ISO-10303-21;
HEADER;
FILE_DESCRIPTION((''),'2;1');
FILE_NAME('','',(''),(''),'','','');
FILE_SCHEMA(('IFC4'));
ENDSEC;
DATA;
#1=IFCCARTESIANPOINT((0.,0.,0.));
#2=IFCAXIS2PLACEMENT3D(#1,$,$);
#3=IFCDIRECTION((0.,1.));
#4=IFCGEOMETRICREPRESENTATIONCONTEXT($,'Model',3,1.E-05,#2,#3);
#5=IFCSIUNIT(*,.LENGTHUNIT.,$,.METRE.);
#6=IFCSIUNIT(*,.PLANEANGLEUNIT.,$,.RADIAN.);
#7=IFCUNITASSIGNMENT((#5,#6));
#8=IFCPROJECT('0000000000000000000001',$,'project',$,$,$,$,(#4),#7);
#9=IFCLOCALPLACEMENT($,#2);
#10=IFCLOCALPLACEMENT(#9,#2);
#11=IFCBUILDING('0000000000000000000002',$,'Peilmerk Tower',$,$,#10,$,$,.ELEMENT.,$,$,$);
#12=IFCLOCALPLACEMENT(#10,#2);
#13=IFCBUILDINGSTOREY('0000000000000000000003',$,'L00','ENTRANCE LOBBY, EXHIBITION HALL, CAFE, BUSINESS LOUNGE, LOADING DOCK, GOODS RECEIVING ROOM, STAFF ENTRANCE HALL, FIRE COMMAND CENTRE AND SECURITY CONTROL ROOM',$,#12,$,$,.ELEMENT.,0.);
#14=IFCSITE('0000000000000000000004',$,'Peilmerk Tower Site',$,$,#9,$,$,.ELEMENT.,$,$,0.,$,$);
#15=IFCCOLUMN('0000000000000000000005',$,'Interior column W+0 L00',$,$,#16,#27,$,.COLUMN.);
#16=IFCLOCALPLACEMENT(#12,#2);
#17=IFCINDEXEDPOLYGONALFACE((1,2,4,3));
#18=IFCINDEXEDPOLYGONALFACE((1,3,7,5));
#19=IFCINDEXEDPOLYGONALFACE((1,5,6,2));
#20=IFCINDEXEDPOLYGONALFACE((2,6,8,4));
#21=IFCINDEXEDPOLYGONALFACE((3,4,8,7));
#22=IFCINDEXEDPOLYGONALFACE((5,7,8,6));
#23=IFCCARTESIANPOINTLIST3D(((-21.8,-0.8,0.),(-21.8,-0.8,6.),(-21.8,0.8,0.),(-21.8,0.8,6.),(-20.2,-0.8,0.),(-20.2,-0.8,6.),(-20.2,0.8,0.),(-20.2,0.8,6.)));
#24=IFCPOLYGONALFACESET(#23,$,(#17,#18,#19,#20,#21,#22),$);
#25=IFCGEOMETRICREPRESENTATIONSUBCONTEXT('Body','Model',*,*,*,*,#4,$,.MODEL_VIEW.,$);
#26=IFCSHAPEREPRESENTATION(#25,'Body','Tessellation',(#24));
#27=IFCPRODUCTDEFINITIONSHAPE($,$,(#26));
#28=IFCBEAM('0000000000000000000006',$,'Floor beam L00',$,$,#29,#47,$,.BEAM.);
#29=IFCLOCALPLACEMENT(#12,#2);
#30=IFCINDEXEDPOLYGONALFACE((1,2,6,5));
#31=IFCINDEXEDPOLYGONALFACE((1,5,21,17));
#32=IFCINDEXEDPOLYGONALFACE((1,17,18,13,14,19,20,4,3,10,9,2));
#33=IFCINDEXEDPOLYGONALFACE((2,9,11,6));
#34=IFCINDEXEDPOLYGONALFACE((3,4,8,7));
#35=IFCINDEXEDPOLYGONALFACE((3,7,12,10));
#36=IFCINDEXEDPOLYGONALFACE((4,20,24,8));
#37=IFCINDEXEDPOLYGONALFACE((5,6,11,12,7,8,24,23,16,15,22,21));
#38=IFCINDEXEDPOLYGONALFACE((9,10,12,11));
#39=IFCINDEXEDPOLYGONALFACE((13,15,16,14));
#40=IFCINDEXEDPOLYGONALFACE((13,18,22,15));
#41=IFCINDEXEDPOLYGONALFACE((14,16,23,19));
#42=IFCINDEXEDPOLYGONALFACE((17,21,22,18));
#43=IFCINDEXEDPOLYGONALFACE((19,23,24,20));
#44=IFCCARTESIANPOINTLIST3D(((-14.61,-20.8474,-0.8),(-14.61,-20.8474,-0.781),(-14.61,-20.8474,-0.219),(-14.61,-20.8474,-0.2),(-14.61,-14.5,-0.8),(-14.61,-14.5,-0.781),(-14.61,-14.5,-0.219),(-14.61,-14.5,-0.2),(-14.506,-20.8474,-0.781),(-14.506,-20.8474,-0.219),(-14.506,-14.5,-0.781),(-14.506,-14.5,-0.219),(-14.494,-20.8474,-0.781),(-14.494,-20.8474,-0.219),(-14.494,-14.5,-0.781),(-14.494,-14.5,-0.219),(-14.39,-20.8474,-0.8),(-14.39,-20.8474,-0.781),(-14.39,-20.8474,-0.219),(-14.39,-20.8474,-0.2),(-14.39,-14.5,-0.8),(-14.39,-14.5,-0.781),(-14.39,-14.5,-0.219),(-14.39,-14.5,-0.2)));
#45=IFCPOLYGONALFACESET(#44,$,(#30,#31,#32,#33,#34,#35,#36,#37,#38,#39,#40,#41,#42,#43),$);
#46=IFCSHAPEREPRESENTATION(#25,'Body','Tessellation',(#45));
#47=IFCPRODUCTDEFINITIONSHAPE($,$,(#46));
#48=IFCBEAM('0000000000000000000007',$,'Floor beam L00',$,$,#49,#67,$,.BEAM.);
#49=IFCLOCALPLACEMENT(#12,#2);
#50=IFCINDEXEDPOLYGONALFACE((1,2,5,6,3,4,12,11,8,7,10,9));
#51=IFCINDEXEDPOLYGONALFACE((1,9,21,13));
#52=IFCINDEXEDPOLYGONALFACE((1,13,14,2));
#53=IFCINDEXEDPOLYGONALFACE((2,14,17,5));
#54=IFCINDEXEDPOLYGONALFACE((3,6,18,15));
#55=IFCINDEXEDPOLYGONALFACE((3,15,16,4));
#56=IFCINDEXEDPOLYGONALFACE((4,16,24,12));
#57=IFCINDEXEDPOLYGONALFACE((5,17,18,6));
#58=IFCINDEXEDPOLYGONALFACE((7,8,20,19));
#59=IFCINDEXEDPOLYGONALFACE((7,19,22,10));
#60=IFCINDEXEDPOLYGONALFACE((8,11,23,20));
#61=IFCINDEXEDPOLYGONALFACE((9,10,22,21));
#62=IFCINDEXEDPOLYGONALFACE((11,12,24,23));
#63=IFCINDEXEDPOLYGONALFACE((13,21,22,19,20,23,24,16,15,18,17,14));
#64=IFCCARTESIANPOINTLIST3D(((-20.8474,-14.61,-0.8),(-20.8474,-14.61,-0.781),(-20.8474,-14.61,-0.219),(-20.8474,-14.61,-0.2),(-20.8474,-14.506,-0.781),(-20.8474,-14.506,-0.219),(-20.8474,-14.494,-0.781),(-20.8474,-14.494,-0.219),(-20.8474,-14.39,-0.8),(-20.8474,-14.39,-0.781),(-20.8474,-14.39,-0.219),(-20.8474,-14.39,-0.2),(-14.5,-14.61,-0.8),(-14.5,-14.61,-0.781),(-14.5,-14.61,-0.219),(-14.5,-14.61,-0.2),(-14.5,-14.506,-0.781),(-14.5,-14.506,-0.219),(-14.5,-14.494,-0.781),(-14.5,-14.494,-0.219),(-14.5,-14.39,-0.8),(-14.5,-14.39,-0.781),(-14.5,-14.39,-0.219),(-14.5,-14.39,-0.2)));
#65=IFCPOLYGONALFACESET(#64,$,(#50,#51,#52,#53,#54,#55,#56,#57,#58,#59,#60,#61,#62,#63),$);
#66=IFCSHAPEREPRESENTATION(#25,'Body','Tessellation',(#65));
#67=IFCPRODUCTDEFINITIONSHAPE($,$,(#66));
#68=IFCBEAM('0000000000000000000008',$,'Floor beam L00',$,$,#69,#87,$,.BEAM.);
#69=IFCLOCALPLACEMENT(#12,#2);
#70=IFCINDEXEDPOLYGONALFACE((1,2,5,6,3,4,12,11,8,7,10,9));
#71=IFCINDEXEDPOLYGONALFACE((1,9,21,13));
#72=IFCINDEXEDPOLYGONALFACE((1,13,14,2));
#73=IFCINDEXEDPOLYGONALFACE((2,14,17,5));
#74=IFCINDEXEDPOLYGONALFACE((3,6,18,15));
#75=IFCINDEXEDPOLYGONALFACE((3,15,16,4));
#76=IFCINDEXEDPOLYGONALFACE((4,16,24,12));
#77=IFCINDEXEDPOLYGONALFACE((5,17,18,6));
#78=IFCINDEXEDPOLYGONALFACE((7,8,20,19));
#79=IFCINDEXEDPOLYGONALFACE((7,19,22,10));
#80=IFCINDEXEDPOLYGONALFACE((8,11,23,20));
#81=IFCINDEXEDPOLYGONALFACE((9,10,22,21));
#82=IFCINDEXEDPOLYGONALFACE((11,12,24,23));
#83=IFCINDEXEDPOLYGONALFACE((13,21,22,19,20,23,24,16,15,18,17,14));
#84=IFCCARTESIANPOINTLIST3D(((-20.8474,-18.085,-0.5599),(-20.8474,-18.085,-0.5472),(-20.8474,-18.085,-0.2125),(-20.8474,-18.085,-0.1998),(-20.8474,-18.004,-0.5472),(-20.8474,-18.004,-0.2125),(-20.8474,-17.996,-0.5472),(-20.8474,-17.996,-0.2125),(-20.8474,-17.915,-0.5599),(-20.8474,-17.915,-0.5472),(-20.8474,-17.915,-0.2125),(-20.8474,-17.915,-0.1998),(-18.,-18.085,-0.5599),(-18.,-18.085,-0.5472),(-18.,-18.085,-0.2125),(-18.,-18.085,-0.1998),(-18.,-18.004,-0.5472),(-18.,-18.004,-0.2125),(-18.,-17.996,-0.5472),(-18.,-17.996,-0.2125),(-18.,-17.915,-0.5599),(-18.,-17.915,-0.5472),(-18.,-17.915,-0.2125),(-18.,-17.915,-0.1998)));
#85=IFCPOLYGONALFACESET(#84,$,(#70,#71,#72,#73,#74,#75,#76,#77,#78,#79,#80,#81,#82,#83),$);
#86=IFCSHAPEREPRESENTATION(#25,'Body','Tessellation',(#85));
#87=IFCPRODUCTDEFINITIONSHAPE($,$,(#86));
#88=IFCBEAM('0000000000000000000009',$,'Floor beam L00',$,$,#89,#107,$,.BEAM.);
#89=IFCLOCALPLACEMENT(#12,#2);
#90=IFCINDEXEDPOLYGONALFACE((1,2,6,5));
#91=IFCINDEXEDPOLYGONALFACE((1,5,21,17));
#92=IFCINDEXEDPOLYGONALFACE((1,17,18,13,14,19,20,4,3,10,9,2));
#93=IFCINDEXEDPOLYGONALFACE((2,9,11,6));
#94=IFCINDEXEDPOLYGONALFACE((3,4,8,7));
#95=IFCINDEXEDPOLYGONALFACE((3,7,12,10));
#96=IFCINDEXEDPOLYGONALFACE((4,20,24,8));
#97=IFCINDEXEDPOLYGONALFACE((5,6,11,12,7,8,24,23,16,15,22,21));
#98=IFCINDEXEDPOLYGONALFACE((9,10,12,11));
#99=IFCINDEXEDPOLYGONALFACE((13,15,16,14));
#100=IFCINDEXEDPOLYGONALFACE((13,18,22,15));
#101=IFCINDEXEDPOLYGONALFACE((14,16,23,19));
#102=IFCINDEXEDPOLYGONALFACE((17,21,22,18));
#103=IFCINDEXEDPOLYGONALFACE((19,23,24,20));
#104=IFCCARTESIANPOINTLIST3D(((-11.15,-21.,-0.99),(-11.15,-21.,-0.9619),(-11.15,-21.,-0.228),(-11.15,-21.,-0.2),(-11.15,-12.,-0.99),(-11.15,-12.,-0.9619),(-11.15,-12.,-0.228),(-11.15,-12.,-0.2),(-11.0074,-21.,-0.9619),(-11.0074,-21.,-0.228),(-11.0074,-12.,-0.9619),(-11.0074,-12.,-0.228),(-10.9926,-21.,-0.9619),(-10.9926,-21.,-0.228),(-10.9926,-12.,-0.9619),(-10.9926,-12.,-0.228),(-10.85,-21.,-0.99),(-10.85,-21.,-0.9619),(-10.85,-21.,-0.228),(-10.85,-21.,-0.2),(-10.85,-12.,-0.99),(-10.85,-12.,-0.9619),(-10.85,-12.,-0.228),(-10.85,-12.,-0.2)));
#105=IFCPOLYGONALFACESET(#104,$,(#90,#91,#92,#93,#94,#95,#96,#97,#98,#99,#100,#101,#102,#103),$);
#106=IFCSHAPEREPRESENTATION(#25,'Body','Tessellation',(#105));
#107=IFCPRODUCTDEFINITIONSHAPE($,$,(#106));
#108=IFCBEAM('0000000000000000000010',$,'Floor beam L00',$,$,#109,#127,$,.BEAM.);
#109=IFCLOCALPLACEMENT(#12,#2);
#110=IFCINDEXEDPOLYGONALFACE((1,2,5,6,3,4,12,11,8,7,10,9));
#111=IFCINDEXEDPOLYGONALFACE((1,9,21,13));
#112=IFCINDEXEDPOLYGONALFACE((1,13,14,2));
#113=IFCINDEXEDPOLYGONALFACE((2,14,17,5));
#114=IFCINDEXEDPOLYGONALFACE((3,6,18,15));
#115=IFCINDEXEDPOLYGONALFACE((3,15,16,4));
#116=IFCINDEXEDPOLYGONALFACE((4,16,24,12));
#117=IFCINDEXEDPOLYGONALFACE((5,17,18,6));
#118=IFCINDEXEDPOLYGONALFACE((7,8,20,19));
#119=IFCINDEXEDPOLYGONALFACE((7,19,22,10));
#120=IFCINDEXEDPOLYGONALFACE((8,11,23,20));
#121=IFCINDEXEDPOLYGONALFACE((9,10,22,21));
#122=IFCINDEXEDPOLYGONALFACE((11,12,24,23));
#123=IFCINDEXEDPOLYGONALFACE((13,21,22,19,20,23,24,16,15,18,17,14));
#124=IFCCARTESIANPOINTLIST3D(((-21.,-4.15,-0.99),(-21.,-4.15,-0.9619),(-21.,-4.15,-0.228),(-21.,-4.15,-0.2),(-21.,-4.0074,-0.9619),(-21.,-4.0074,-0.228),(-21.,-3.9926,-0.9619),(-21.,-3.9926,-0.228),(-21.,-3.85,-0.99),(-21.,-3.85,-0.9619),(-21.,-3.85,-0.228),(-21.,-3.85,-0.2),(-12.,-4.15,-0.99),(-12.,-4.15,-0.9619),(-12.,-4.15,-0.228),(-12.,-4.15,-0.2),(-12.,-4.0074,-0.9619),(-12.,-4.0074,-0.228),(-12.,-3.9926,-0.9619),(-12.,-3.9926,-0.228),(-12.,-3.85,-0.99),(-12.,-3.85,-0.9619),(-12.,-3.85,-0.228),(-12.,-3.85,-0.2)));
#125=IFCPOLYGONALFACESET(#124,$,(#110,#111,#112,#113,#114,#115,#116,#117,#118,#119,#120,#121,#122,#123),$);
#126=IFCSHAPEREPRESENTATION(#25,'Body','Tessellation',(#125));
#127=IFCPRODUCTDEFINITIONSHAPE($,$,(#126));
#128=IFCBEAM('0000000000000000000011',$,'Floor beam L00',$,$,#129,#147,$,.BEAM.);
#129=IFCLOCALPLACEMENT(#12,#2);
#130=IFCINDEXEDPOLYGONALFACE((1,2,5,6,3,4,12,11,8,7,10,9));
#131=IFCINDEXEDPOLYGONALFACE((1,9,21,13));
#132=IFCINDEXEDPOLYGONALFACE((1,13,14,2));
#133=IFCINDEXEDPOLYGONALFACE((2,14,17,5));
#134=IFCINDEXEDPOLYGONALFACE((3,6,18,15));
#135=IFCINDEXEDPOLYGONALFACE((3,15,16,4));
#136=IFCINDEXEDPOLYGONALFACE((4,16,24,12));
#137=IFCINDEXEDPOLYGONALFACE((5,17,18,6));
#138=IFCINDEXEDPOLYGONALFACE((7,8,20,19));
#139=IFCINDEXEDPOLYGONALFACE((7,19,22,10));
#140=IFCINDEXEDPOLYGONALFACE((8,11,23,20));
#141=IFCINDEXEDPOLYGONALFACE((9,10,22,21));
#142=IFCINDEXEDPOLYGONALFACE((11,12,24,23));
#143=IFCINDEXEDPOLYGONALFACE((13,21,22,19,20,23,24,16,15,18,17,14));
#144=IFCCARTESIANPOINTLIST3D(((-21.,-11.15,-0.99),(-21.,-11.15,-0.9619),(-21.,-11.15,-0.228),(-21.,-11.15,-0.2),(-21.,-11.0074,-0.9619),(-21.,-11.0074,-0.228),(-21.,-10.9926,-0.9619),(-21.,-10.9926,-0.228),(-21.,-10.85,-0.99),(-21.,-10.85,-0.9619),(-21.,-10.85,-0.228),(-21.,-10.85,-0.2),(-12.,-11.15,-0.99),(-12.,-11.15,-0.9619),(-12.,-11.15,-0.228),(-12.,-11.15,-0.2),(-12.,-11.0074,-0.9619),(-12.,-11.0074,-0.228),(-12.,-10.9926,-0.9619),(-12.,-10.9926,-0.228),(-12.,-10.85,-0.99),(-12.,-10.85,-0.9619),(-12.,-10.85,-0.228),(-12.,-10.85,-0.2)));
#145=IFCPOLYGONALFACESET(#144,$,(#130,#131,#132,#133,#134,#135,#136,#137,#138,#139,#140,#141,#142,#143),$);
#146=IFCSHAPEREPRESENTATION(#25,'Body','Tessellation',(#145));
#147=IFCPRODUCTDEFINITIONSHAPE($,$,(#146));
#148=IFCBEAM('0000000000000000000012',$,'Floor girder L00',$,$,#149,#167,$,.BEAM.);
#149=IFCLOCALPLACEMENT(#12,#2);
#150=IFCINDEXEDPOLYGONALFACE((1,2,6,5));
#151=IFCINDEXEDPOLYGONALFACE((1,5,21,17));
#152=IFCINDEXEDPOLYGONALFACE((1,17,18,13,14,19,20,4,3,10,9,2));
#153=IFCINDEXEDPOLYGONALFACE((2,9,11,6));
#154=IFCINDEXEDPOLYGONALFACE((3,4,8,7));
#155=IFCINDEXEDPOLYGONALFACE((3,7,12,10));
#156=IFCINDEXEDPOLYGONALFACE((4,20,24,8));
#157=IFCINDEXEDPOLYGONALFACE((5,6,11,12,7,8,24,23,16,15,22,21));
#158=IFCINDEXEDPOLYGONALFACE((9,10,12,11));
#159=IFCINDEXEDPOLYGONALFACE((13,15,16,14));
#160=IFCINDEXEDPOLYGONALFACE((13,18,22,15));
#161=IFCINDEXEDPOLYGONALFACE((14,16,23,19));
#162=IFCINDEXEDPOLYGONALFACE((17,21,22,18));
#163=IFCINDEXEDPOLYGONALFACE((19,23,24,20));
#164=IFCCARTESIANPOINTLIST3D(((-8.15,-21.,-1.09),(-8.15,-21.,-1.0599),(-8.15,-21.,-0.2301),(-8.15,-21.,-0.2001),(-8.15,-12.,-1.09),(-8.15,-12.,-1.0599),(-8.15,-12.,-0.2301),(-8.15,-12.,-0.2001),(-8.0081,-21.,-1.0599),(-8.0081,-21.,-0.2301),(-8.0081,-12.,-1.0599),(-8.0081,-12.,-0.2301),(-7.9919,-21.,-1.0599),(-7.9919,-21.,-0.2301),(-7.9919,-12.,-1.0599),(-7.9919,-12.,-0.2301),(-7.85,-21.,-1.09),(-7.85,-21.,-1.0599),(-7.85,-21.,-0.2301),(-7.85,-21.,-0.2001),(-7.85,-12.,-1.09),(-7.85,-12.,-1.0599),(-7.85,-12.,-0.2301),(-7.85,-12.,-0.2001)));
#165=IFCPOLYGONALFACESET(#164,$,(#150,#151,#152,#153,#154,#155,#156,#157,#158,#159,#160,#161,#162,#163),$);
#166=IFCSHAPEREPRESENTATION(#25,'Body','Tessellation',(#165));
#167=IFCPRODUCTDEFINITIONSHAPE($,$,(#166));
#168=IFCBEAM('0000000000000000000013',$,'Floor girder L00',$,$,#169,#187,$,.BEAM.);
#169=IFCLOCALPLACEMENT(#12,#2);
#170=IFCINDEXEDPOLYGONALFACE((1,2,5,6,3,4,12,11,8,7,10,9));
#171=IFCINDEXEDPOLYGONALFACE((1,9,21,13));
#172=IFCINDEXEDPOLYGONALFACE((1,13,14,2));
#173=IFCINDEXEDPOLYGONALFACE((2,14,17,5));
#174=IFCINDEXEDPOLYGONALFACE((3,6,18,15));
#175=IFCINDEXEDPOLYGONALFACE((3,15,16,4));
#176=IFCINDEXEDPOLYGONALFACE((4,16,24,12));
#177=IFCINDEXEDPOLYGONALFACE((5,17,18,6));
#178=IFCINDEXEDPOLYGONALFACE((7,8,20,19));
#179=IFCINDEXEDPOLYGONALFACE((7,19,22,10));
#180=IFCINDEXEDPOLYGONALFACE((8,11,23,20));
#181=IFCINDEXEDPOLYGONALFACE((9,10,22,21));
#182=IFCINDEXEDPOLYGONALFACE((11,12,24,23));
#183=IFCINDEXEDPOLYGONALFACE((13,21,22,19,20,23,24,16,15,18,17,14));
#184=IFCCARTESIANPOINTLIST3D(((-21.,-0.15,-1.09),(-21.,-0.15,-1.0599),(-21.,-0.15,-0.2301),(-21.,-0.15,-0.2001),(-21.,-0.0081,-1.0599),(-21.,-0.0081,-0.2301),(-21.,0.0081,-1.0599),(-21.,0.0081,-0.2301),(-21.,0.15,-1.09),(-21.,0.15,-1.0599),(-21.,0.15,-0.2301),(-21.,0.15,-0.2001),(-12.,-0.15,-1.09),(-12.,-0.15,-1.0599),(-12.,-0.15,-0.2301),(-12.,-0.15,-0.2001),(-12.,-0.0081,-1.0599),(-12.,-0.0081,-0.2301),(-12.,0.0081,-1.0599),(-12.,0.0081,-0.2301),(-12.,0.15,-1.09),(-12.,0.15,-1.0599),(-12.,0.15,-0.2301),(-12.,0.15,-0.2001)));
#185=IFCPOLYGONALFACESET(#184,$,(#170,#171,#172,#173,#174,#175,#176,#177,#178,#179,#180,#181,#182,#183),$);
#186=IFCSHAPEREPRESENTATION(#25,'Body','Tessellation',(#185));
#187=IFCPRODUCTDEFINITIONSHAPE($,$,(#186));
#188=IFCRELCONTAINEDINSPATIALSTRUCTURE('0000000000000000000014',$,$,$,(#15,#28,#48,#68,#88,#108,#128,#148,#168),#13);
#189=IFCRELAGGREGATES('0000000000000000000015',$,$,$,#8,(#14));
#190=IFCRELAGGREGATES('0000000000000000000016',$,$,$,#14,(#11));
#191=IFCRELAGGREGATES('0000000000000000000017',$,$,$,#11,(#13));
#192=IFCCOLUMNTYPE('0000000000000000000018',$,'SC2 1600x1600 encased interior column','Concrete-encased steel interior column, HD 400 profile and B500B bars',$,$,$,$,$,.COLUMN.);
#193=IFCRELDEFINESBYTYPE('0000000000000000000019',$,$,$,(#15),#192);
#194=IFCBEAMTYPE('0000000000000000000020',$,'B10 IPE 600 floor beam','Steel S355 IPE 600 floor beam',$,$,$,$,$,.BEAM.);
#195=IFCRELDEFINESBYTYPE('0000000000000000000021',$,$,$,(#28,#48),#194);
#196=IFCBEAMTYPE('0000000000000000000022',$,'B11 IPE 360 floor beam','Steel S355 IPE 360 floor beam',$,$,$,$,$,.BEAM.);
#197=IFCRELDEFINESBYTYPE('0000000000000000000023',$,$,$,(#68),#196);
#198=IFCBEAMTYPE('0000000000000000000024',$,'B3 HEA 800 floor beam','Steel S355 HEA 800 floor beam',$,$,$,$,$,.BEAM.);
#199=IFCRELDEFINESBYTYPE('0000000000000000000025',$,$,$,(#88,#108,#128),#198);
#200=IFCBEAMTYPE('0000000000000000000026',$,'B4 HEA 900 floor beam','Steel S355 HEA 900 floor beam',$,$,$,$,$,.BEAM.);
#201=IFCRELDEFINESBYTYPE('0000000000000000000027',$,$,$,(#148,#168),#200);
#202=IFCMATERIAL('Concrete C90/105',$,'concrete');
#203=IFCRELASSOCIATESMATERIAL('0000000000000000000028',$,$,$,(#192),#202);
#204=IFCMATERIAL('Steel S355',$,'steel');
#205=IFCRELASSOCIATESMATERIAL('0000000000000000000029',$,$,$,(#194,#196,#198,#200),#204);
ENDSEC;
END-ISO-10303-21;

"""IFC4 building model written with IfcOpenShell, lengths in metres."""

from ifc_helpers import new_model, si_unit, direction, frame, origin, origin_2d, place, context, subcontext, project, spatial, rectangle, i_section, extrude, material, material_profile, profile_set, type_object, element, save


model = new_model("IFC4")

# Units and contexts
model_context = context("Model", 3, precision=1e-05, world=origin(), true_north=direction((0.0, 1.0)))
body_context = subcontext(model_context, "Body", "Model", "MODEL_VIEW")
ifc_project = project(units=[si_unit("LENGTHUNIT", "METRE"), si_unit("PLANEANGLEUNIT", "RADIAN")], contexts=[model_context])

# Site, building, storey
site_placement = place(None, origin())
site = spatial("IfcSite", under=ifc_project, at=site_placement, Name="Peilmerk Tower Site", CompositionType="ELEMENT", RefElevation=0.0)
building_placement = place(site_placement, origin())
building = spatial("IfcBuilding", under=site, at=building_placement, Name="Peilmerk Tower", CompositionType="ELEMENT")
storey_placement = place(building_placement, origin())
storey = spatial("IfcBuildingStorey", under=building, at=storey_placement, Name="L00", Description="ENTRANCE LOBBY, EXHIBITION HALL, CAFE, BUSINESS LOUNGE, LOADING DOCK, GOODS RECEIVING ROOM, STAFF ENTRANCE HALL, FIRE COMMAND CENTRE AND SECURITY CONTROL ROOM", CompositionType="ELEMENT", Elevation=0.0)

# Column
ifc_material_1 = material(Name="Concrete C90/105", Category="concrete")
ifc_material_profile_1 = material_profile(ifc_material_1, rectangle(XDim=1.6001, YDim=1.6001, at=origin_2d()), Name="RC 1600x1600")
ifc_profile_set_1 = profile_set([ifc_material_profile_1], Name="Concrete C90/105")
column_type = type_object("IfcColumnType", Name="SC2 1600x1600 encased interior column", Description="Concrete-encased steel interior column, HD 400 profile and B500B bars", PredefinedType="COLUMN", material=ifc_profile_set_1)
column_placement = place(storey_placement, frame((-21.0, 0.0, 0.0), z_axis=(0.0, 0.0, 1.0), x_axis=(1.0, 0.0, 0.0)))
element("IfcColumn", 1, at=column_placement, inside=storey, type_object=column_type, Name="Interior column W+0 L00", PredefinedType="COLUMN", context=body_context, shape_type="SweptSolid", body=[
    extrude(rectangle(XDim=1.6001, YDim=1.6001, at=origin_2d()), origin(), (0.0, 0.0, 1.0), 6.0),
])

# Beams
ifc_material_2 = material(Name="Steel S355", Category="steel")
ifc_material_profile_2 = material_profile(ifc_material_2, i_section(OverallWidth=0.22, OverallDepth=0.6001, WebThickness=0.012, FlangeThickness=0.019, at=origin_2d()), Name="IPE 600")
ifc_profile_set_2 = profile_set([ifc_material_profile_2], Name="Steel S355")
beam_type_1 = type_object("IfcBeamType", Name="B10 IPE 600 floor beam", Description="Steel S355 IPE 600 floor beam", PredefinedType="BEAM", material=ifc_profile_set_2)
for number, where, z_axis, x_axis, name in (
    (2, (-14.5, -14.5, -0.5), (0.0, -1.0, 0.0), (1.0, 0.0, 0.0), "Floor beam L00"),
    (3, (-14.5, -14.5, -0.5), (-1.0, 0.0, 0.0), (0.0, -1.0, 0.0), "Floor beam L00"),
):
    element("IfcBeam", number, at=place(storey_placement, frame(where, z_axis=z_axis, x_axis=x_axis)), inside=storey, type_object=beam_type_1, Name=name, PredefinedType="BEAM", context=body_context, shape_type="SweptSolid", body=[
        extrude(i_section(OverallWidth=0.22, OverallDepth=0.6001, WebThickness=0.012, FlangeThickness=0.019, at=origin_2d()), origin(), (0.0, 0.0, 1.0), 6.3474),
    ])
ifc_material_profile_3 = material_profile(ifc_material_2, i_section(OverallWidth=0.1699, OverallDepth=0.3601, WebThickness=0.0081, FlangeThickness=0.0127, at=origin_2d()), Name="IPE 360")
ifc_profile_set_3 = profile_set([ifc_material_profile_3], Name="Steel S355")
beam_type_2 = type_object("IfcBeamType", Name="B11 IPE 360 floor beam", Description="Steel S355 IPE 360 floor beam", PredefinedType="BEAM", material=ifc_profile_set_3)
beam_1_placement = place(storey_placement, frame((-18.0, -18.0, -0.3799), z_axis=(-1.0, 0.0, 0.0), x_axis=(0.0, -1.0, 0.0)))
element("IfcBeam", 4, at=beam_1_placement, inside=storey, type_object=beam_type_2, Name="Floor beam L00", PredefinedType="BEAM", context=body_context, shape_type="SweptSolid", body=[
    extrude(i_section(OverallWidth=0.1699, OverallDepth=0.3601, WebThickness=0.0081, FlangeThickness=0.0127, at=origin_2d()), origin(), (0.0, 0.0, 1.0), 2.8474),
])
ifc_material_profile_4 = material_profile(ifc_material_2, i_section(OverallWidth=0.3, OverallDepth=0.79, WebThickness=0.0149, FlangeThickness=0.0281, at=origin_2d()), Name="HEA 800")
ifc_profile_set_4 = profile_set([ifc_material_profile_4], Name="Steel S355")
beam_type_3 = type_object("IfcBeamType", Name="B3 HEA 800 floor beam", Description="Steel S355 HEA 800 floor beam", PredefinedType="BEAM", material=ifc_profile_set_4)
for number, where, z_axis, x_axis, name in (
    (5, (-11.0, -12.0, -0.595), (0.0, -1.0, 0.0), (1.0, 0.0, 0.0), "Floor beam L00"),
    (6, (-12.0, -4.0, -0.595), (-1.0, 0.0, 0.0), (0.0, -1.0, 0.0), "Floor beam L00"),
    (7, (-12.0, -11.0, -0.595), (-1.0, 0.0, 0.0), (0.0, -1.0, 0.0), "Floor beam L00"),
):
    element("IfcBeam", number, at=place(storey_placement, frame(where, z_axis=z_axis, x_axis=x_axis)), inside=storey, type_object=beam_type_3, Name=name, PredefinedType="BEAM", context=body_context, shape_type="SweptSolid", body=[
        extrude(i_section(OverallWidth=0.3, OverallDepth=0.79, WebThickness=0.0149, FlangeThickness=0.0281, at=origin_2d()), origin(), (0.0, 0.0, 1.0), 9.0),
    ])
ifc_material_profile_5 = material_profile(ifc_material_2, i_section(OverallWidth=0.3, OverallDepth=0.8899, WebThickness=0.0161, FlangeThickness=0.03, at=origin_2d()), Name="HEA 900")
ifc_profile_set_5 = profile_set([ifc_material_profile_5], Name="Steel S355")
beam_type_4 = type_object("IfcBeamType", Name="B4 HEA 900 floor beam", Description="Steel S355 HEA 900 floor beam", PredefinedType="BEAM", material=ifc_profile_set_5)
for number, where, z_axis, x_axis, name in (
    (8, (-8.0, -12.0, -0.645), (0.0, -1.0, 0.0), (1.0, 0.0, 0.0), "Floor girder L00"),
    (9, (-12.0, 0.0, -0.645), (-1.0, 0.0, 0.0), (0.0, -1.0, 0.0), "Floor girder L00"),
):
    element("IfcBeam", number, at=place(storey_placement, frame(where, z_axis=z_axis, x_axis=x_axis)), inside=storey, type_object=beam_type_4, Name=name, PredefinedType="BEAM", context=body_context, shape_type="SweptSolid", body=[
        extrude(i_section(OverallWidth=0.3, OverallDepth=0.8899, WebThickness=0.0161, FlangeThickness=0.03, at=origin_2d()), origin(), (0.0, 0.0, 1.0), 9.0),
    ])

save(model, "model.ifc")
